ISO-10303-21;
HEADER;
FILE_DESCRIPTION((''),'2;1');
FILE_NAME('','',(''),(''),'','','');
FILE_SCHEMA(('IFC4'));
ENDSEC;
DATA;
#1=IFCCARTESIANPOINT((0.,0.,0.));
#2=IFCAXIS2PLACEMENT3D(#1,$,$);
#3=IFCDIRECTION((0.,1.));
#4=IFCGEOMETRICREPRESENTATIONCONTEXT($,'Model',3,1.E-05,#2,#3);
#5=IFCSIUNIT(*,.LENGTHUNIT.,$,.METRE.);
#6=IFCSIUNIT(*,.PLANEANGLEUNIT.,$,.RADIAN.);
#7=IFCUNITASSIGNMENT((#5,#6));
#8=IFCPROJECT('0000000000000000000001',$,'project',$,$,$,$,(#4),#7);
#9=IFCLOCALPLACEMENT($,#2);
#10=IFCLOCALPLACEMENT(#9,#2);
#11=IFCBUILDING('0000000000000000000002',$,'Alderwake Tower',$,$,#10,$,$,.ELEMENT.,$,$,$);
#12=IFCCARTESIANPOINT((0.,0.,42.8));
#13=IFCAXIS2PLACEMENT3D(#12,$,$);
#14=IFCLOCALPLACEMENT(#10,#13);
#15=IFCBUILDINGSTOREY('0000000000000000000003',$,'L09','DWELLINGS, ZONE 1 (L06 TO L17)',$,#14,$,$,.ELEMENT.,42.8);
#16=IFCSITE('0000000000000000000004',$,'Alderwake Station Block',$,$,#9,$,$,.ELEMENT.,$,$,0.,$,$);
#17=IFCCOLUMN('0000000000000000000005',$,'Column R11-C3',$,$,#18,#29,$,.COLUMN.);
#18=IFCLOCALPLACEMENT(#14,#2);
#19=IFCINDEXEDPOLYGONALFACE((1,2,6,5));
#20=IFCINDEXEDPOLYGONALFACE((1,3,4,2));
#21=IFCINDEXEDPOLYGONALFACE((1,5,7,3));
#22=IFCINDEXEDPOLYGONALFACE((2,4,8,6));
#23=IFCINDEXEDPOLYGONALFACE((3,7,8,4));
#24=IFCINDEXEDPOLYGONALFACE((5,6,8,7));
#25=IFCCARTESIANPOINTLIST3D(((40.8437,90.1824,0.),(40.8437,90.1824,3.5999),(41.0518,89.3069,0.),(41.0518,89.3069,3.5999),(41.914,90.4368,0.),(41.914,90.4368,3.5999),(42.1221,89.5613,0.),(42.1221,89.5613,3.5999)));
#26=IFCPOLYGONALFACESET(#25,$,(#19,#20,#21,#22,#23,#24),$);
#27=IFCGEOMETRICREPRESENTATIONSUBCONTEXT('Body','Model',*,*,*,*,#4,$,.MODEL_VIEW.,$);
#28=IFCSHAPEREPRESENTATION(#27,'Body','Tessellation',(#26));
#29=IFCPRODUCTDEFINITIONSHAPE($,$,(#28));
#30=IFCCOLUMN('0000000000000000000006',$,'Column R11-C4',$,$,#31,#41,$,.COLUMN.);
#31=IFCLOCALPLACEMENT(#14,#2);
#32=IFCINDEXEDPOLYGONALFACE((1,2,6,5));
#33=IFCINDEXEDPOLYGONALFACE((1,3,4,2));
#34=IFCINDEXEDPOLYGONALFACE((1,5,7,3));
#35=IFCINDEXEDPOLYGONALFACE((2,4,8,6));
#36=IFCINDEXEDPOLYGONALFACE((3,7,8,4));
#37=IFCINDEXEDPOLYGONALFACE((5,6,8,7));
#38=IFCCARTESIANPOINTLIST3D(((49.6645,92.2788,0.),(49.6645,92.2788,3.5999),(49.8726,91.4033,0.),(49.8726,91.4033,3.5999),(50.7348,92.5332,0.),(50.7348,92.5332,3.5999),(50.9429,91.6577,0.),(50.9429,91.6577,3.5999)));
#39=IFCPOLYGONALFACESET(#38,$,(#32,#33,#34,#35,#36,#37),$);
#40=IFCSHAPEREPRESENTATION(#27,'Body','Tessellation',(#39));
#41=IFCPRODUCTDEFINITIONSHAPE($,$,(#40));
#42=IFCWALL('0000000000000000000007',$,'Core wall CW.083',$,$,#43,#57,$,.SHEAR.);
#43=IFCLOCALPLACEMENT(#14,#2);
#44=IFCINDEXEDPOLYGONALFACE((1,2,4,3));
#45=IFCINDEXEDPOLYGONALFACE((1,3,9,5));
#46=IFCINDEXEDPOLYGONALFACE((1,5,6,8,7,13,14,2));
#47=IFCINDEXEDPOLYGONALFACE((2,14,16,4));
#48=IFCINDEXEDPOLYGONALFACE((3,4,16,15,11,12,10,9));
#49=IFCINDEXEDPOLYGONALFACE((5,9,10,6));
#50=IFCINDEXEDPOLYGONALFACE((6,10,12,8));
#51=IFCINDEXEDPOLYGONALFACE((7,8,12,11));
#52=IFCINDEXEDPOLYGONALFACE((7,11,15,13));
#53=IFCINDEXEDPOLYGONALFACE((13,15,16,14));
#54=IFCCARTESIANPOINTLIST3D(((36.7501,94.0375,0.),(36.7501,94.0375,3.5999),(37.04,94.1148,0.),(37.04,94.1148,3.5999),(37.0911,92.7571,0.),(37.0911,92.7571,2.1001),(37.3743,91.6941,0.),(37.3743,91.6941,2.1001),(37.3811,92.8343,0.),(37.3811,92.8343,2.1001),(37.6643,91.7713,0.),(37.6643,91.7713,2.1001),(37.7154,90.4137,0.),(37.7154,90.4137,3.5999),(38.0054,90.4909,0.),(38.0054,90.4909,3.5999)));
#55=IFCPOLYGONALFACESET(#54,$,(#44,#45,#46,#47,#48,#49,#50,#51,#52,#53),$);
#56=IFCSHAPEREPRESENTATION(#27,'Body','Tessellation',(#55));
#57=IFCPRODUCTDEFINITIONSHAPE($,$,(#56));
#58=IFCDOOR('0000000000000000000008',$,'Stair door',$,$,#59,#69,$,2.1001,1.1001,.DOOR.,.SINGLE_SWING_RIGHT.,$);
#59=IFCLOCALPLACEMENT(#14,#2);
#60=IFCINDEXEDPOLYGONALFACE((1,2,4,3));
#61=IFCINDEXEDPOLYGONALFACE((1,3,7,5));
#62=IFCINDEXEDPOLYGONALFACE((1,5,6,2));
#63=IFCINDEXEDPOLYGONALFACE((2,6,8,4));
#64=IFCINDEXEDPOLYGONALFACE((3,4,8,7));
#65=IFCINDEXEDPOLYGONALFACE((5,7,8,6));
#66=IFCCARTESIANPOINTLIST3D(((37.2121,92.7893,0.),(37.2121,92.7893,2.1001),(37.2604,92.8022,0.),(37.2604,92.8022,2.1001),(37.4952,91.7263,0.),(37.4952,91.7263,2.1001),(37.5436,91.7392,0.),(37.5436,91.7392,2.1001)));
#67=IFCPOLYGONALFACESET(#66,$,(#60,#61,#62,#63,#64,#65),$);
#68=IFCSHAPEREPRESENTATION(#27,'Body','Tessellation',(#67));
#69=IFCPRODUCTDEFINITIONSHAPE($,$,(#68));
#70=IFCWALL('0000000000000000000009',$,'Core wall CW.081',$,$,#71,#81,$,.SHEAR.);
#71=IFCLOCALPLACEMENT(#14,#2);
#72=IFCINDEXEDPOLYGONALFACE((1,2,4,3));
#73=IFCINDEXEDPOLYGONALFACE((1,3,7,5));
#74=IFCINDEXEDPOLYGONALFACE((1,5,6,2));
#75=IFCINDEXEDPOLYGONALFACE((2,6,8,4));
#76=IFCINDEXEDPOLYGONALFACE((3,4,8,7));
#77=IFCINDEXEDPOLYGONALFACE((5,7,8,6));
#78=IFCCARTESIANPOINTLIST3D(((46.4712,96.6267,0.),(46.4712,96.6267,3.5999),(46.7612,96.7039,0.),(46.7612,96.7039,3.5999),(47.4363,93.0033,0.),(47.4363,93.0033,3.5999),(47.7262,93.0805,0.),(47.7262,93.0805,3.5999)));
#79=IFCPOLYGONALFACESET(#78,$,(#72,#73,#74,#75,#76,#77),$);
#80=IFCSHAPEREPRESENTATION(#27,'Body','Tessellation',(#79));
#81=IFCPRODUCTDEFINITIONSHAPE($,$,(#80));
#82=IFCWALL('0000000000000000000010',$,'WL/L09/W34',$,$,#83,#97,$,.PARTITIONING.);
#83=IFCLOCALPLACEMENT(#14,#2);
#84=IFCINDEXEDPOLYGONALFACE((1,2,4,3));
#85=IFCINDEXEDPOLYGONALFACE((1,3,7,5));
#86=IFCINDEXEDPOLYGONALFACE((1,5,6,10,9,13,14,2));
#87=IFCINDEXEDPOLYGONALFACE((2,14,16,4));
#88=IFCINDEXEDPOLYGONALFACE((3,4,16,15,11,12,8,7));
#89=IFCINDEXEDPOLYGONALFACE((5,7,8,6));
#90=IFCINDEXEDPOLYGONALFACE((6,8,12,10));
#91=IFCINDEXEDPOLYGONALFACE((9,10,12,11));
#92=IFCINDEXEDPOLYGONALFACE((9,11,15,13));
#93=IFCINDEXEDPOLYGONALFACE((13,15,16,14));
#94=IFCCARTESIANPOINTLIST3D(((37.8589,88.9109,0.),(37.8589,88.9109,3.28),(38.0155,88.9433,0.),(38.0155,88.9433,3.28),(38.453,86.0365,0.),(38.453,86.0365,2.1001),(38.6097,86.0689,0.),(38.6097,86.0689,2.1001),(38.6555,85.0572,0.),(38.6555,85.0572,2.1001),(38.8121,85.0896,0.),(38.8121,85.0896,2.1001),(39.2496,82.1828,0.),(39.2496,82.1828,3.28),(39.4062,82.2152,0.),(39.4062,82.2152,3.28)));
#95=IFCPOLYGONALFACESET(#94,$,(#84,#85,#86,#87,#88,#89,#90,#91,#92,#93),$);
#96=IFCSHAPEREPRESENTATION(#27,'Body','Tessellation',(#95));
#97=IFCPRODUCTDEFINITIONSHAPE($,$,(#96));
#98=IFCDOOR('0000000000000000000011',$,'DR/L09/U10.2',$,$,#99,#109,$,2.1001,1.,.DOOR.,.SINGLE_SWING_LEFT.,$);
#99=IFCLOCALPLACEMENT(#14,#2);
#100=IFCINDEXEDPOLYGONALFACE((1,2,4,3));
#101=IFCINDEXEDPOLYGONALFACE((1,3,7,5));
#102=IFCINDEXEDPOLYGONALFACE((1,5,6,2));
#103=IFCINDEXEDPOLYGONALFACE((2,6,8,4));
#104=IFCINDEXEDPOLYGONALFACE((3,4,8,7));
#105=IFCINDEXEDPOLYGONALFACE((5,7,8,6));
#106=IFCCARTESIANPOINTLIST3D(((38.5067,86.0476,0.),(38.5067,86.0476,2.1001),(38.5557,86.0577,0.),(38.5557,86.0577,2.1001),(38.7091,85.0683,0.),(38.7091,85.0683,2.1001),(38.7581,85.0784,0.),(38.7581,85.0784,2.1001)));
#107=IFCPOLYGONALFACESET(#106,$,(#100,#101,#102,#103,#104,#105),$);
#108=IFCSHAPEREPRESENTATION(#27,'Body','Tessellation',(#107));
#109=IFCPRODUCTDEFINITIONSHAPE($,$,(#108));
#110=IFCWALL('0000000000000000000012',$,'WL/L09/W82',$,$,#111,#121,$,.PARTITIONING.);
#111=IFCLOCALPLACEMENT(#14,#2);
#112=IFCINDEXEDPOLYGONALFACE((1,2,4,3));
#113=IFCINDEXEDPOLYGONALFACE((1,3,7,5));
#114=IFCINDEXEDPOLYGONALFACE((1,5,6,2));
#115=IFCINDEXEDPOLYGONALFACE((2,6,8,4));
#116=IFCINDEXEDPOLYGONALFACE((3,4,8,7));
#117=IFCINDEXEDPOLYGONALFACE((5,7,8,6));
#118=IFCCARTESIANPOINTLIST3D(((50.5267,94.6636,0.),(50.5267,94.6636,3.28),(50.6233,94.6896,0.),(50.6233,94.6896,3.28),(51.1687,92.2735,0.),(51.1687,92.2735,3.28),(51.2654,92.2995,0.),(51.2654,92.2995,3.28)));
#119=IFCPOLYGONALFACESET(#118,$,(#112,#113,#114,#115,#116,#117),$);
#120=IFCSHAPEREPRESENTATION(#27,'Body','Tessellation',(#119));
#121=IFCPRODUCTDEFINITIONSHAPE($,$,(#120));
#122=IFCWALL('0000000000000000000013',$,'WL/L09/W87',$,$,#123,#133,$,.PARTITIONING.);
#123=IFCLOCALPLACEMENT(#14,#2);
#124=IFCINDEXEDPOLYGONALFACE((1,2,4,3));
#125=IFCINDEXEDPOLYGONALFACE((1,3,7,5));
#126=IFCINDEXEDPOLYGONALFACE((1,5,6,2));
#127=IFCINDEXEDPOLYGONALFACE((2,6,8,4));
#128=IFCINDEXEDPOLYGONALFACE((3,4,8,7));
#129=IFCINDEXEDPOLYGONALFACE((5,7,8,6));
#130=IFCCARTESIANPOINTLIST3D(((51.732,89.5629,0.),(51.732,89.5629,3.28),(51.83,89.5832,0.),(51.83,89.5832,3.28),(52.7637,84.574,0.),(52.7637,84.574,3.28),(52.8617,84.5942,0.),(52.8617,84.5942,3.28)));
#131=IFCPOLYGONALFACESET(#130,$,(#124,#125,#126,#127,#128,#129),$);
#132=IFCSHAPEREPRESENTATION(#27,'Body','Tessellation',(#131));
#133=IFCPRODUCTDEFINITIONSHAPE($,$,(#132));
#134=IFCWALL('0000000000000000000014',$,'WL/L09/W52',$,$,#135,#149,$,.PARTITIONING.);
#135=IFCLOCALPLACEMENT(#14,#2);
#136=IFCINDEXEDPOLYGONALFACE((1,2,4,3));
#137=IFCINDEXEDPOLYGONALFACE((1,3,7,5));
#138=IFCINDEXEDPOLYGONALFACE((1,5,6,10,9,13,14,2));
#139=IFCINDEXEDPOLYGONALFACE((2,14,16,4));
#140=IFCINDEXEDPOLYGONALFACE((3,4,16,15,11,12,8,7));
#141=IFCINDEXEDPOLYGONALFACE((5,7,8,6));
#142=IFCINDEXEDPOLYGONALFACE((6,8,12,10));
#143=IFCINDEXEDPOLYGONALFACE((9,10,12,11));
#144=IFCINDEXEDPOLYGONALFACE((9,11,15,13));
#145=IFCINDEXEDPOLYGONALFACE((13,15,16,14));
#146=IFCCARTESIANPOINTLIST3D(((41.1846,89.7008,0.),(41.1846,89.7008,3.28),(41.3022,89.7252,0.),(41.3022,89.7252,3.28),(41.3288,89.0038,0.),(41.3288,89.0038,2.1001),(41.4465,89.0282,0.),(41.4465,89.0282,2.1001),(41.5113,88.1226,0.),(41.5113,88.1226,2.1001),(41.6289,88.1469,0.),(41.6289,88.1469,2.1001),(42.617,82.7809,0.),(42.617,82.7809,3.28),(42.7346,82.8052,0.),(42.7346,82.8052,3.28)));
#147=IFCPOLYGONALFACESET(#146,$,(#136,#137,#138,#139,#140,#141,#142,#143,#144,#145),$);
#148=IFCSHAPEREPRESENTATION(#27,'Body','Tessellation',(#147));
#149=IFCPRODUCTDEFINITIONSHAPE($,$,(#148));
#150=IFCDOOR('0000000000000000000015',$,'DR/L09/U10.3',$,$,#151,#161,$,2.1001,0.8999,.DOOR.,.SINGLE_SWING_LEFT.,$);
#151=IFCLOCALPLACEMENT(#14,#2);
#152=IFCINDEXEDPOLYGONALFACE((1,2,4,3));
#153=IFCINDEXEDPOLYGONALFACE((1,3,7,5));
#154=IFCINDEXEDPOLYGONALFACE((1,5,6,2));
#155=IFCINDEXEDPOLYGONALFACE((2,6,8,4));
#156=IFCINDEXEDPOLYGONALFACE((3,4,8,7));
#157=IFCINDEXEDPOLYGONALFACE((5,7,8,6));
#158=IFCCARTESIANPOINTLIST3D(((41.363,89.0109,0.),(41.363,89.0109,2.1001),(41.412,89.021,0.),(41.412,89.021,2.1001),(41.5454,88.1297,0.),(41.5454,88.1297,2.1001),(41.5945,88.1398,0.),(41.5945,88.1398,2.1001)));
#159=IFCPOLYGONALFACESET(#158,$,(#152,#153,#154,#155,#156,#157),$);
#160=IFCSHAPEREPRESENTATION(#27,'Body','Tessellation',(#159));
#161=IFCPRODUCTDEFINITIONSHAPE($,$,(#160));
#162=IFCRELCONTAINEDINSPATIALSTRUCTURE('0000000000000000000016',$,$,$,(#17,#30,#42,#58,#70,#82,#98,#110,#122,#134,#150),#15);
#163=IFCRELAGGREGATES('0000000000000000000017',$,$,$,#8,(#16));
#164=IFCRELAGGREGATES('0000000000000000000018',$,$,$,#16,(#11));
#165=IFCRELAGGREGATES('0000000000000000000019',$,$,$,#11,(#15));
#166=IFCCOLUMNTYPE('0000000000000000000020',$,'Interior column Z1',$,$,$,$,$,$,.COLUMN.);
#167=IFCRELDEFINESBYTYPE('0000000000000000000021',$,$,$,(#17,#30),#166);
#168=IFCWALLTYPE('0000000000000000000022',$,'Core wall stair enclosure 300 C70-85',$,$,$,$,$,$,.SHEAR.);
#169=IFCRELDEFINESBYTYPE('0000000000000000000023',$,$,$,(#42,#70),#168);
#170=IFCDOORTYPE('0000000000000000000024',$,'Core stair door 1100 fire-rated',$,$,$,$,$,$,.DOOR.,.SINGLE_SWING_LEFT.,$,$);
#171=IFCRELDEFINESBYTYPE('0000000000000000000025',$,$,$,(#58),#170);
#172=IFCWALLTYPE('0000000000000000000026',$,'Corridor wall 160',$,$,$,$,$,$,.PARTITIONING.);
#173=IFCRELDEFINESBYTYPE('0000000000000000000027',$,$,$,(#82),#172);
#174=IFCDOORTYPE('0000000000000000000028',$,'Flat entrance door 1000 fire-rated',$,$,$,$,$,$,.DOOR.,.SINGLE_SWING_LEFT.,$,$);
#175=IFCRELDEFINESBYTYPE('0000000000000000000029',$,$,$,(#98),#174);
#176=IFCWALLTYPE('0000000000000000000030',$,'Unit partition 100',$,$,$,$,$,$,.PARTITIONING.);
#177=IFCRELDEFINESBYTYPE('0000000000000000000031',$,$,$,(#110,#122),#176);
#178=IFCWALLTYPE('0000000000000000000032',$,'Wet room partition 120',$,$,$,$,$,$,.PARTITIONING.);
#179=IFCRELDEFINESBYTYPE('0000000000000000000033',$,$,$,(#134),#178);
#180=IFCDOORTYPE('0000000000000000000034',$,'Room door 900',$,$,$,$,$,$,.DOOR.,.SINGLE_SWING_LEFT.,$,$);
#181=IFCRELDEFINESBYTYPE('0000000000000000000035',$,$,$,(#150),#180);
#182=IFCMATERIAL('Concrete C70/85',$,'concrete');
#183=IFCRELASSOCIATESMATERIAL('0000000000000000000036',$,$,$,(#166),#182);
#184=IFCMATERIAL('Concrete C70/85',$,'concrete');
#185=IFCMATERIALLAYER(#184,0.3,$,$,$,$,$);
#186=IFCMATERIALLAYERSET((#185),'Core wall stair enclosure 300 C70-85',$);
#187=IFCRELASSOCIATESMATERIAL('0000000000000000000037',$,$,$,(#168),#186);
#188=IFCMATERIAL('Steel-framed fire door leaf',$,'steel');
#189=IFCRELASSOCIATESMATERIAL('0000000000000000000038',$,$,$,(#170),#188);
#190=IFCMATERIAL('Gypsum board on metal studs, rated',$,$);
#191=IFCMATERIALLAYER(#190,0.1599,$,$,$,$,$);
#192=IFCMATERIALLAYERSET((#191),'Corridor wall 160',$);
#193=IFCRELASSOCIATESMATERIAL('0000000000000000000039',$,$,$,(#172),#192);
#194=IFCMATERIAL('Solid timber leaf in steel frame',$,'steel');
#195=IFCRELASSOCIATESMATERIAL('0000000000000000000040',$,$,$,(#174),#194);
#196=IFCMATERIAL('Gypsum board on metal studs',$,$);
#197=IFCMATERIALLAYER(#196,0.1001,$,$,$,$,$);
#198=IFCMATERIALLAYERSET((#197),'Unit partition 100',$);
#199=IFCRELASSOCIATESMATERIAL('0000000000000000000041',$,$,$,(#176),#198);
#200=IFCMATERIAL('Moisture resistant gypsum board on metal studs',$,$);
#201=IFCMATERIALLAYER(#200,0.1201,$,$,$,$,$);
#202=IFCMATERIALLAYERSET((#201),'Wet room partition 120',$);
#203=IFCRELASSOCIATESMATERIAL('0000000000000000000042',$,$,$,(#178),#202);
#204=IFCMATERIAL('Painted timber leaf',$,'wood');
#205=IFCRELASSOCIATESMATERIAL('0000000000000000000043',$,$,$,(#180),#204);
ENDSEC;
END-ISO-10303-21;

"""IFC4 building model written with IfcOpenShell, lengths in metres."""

from ifc_helpers import new_model, si_unit, direction, frame, frame_2d, origin, origin_2d, place, context, subcontext, project, spatial, rectangle, extrude, material, layer, layer_set, material_profile, profile_set, type_object, element, fill, save


model = new_model("IFC4")

# Units and contexts
model_context = context("Model", 3, precision=1e-05, world=origin(), true_north=direction((0.0, 1.0)))
body_context = subcontext(model_context, "Body", "Model", "MODEL_VIEW")
ifc_project = project(units=[si_unit("LENGTHUNIT", "METRE"), si_unit("PLANEANGLEUNIT", "RADIAN")], contexts=[model_context])

# Site, building, storey
site_placement = place(None, origin())
site = spatial("IfcSite", under=ifc_project, at=site_placement, Name="Alderwake Station Block", CompositionType="ELEMENT", RefElevation=0.0)
building_placement = place(site_placement, origin())
building = spatial("IfcBuilding", under=site, at=building_placement, Name="Alderwake Tower", CompositionType="ELEMENT")
storey_placement = place(building_placement, frame((0.0, 0.0, 42.8)))
storey = spatial("IfcBuildingStorey", under=building, at=storey_placement, Name="L09", Description="DWELLINGS, ZONE 1 (L06 TO L17)", CompositionType="ELEMENT", Elevation=42.8)

# Columns
ifc_material_1 = material(Name="Concrete C70/85", Category="concrete")
ifc_material_profile = material_profile(ifc_material_1, rectangle(XDim=0.8999, YDim=1.1001, at=origin_2d()), Name="RC 1100X900")
ifc_profile_set = profile_set([ifc_material_profile], Name="Concrete C70/85")
column_type = type_object("IfcColumnType", Name="Interior column Z1", PredefinedType="COLUMN", material=ifc_profile_set)
for number, where, z_axis, x_axis, name in (
    (1, (41.4829, 89.8718, 0.0), (0.0, 0.0, 1.0), (-0.231222, 0.972901, 0.0), "Column R11-C3"),
    (2, (50.3037, 91.9683, 0.0), (0.0, 0.0, 1.0), (-0.231222, 0.972901, 0.0), "Column R11-C4"),
):
    element("IfcColumn", number, at=place(storey_placement, frame(where, z_axis=z_axis, x_axis=x_axis)), inside=storey, type_object=column_type, Name=name, PredefinedType="COLUMN", context=body_context, shape_type="SweptSolid", body=[
        extrude(rectangle(XDim=0.8999, YDim=1.1001, at=origin_2d()), origin(), (0.0, 0.0, 1.0), 3.5999),
    ])

# Wall, opening, door
ifc_material_2 = material(Name="Concrete C70/85", Category="concrete")
ifc_layer_1 = layer(ifc_material_2, 0.3)
ifc_layer_set_1 = layer_set([ifc_layer_1], Name="Core wall stair enclosure 300 C70-85")
wall_type_1 = type_object("IfcWallType", Name="Core wall stair enclosure 300 C70-85", PredefinedType="SHEAR", material=ifc_layer_set_1)
wall_1_placement = place(storey_placement, frame((37.8604, 90.4524, 0.0), z_axis=(0.0, 0.0, 1.0), x_axis=(-0.257411, 0.966302, 0.0)))
wall_1 = element("IfcWall", 3, at=wall_1_placement, inside=storey, type_object=wall_type_1, Name="Core wall CW.083", PredefinedType="SHEAR", context=body_context, shape_type="SweptSolid", body=[
    extrude(rectangle(XDim=3.7502, YDim=0.3, at=frame_2d((1.875, 0.0))), origin(), (0.0, 0.0, 1.0), 3.5999),
])
opening_1_placement = place(wall_1_placement, frame((1.325, 0.0, 0.0)))
opening_1 = element("IfcOpeningElement", 4, at=opening_1_placement, cuts=wall_1, PredefinedType="OPENING", context=body_context, shape_type="SweptSolid", body=[
    extrude(rectangle(XDim=1.1001, YDim=2.1001, at=frame_2d((0.55, 1.05))), frame((0.0, 0.1599, 0.0), z_axis=(0.0, -1.0, 0.0), x_axis=(1.0, 0.0, 0.0)), (0.0, 0.0, 1.0), 0.3201),
])
ifc_material_3 = material(Name="Steel-framed fire door leaf", Category="steel")
door_type_1 = type_object("IfcDoorType", Name="Core stair door 1100 fire-rated", OperationType="SINGLE_SWING_LEFT", PredefinedType="DOOR", material=ifc_material_3)
door_1_placement = place(opening_1_placement, origin())
door_1 = element("IfcDoor", 5, at=door_1_placement, inside=storey, type_object=door_type_1, Name="Stair door", OperationType="SINGLE_SWING_RIGHT", OverallHeight=2.1001, OverallWidth=1.1001, PredefinedType="DOOR", context=body_context, shape_type="SweptSolid", body=[
    extrude(rectangle(XDim=1.1001, YDim=2.1001, at=frame_2d((0.55, 1.05))), frame((0.0, 0.0249, 0.0), z_axis=(0.0, -1.0, 0.0), x_axis=(1.0, 0.0, 0.0)), (0.0, 0.0, 1.0), 0.05),
])
fill(opening_1, door_1)

# Wall
wall_2_placement = place(storey_placement, frame((47.5813, 93.0417, 0.0), z_axis=(0.0, 0.0, 1.0), x_axis=(-0.257367, 0.966314, 0.0)))
element("IfcWall", 6, at=wall_2_placement, inside=storey, type_object=wall_type_1, Name="Core wall CW.081", PredefinedType="SHEAR", context=body_context, shape_type="SweptSolid", body=[
    extrude(rectangle(XDim=3.7498, YDim=0.3, at=frame_2d((1.875, 0.0))), origin(), (0.0, 0.0, 1.0), 3.5999),
])

# Wall, opening, door
ifc_material_4 = material(Name="Gypsum board on metal studs, rated")
ifc_layer_2 = layer(ifc_material_4, 0.1599)
ifc_layer_set_2 = layer_set([ifc_layer_2], Name="Corridor wall 160")
wall_type_2 = type_object("IfcWallType", Name="Corridor wall 160", PredefinedType="PARTITIONING", material=ifc_layer_set_2)
wall_3_placement = place(storey_placement, frame((37.9373, 88.927, 0.0), z_axis=(0.0, 0.0, 1.0), x_axis=(0.202413, -0.9793, 0.0)))
wall_3 = element("IfcWall", 7, at=wall_3_placement, inside=storey, type_object=wall_type_2, Name="WL/L09/W34", PredefinedType="PARTITIONING", context=body_context, shape_type="SweptSolid", body=[
    extrude(rectangle(XDim=6.8704, YDim=0.1599, at=frame_2d((3.4351, 0.0))), origin(), (0.0, 0.0, 1.0), 3.28),
])
opening_2_placement = place(wall_3_placement, frame((2.9351, 0.0, 0.0)))
opening_2 = element("IfcOpeningElement", 8, at=opening_2_placement, cuts=wall_3, PredefinedType="OPENING", context=body_context, shape_type="SweptSolid", body=[
    extrude(rectangle(XDim=1.0, YDim=2.1001, at=frame_2d((0.5, 1.05))), frame((0.0, 0.0898, 0.0), z_axis=(0.0, -1.0, 0.0), x_axis=(1.0, 0.0, 0.0)), (0.0, 0.0, 1.0), 0.1799),
])
ifc_material_5 = material(Name="Solid timber leaf in steel frame", Category="steel")
door_type_2 = type_object("IfcDoorType", Name="Flat entrance door 1000 fire-rated", OperationType="SINGLE_SWING_LEFT", PredefinedType="DOOR", material=ifc_material_5)
door_2_placement = place(opening_2_placement, origin())
door_2 = element("IfcDoor", 9, at=door_2_placement, inside=storey, type_object=door_type_2, Name="DR/L09/U10.2", OperationType="SINGLE_SWING_LEFT", OverallHeight=2.1001, OverallWidth=1.0, PredefinedType="DOOR", context=body_context, shape_type="SweptSolid", body=[
    extrude(rectangle(XDim=1.0, YDim=2.1001, at=frame_2d((0.5, 1.05))), frame((0.0, 0.0249, 0.0), z_axis=(0.0, -1.0, 0.0), x_axis=(1.0, 0.0, 0.0)), (0.0, 0.0, 1.0), 0.05),
])
fill(opening_2, door_2)

# Walls
ifc_material_6 = material(Name="Gypsum board on metal studs")
ifc_layer_3 = layer(ifc_material_6, 0.1001)
ifc_layer_set_3 = layer_set([ifc_layer_3], Name="Unit partition 100")
wall_type_3 = type_object("IfcWallType", Name="Unit partition 100", PredefinedType="PARTITIONING", material=ifc_layer_set_3)
wall_4_placement = place(storey_placement, frame((51.217, 92.2866, 0.0), z_axis=(0.0, 0.0, 1.0), x_axis=(-0.259443, 0.965758, 0.0)))
element("IfcWall", 10, at=wall_4_placement, inside=storey, type_object=wall_type_3, Name="WL/L09/W82", PredefinedType="PARTITIONING", context=body_context, shape_type="SweptSolid", body=[
    extrude(rectangle(XDim=2.4749, YDim=0.1001, at=frame_2d((1.2373, 0.0))), origin(), (0.0, 0.0, 1.0), 3.28),
])
wall_5_placement = place(storey_placement, frame((52.8127, 84.584, 0.0), z_axis=(0.0, 0.0, 1.0), x_axis=(-0.202517, 0.979279, 0.0)))
element("IfcWall", 11, at=wall_5_placement, inside=storey, type_object=wall_type_3, Name="WL/L09/W87", PredefinedType="PARTITIONING", context=body_context, shape_type="SweptSolid", body=[
    extrude(rectangle(XDim=5.0945, YDim=0.1001, at=frame_2d((2.5474, 0.0))), origin(), (0.0, 0.0, 1.0), 3.28),
])

# Wall, opening, door
ifc_material_7 = material(Name="Moisture resistant gypsum board on metal studs")
ifc_layer_4 = layer(ifc_material_7, 0.1201)
ifc_layer_set_4 = layer_set([ifc_layer_4], Name="Wet room partition 120")
wall_type_4 = type_object("IfcWallType", Name="Wet room partition 120", PredefinedType="PARTITIONING", material=ifc_layer_set_4)
wall_6_placement = place(storey_placement, frame((41.2434, 89.7129, 0.0), z_axis=(0.0, 0.0, 1.0), x_axis=(0.202696, -0.979242, 0.0)))
wall_6 = element("IfcWall", 12, at=wall_6_placement, inside=storey, type_object=wall_type_4, Name="WL/L09/W52", PredefinedType="PARTITIONING", context=body_context, shape_type="SweptSolid", body=[
    extrude(rectangle(XDim=7.0667, YDim=0.1201, at=frame_2d((3.5332, 0.0))), origin(), (0.0, 0.0, 1.0), 3.28),
])
opening_3_placement = place(wall_6_placement, frame((0.7117, 0.0, 0.0)))
opening_3 = element("IfcOpeningElement", 13, at=opening_3_placement, cuts=wall_6, PredefinedType="OPENING", context=body_context, shape_type="SweptSolid", body=[
    extrude(rectangle(XDim=0.8999, YDim=2.1001, at=frame_2d((0.45, 1.05))), frame((0.0, 0.0701, 0.0), z_axis=(0.0, -1.0, 0.0), x_axis=(1.0, 0.0, 0.0)), (0.0, 0.0, 1.0), 0.1401),
])
ifc_material_8 = material(Name="Painted timber leaf", Category="wood")
door_type_3 = type_object("IfcDoorType", Name="Room door 900", OperationType="SINGLE_SWING_LEFT", PredefinedType="DOOR", material=ifc_material_8)
door_3_placement = place(opening_3_placement, origin())
door_3 = element("IfcDoor", 14, at=door_3_placement, inside=storey, type_object=door_type_3, Name="DR/L09/U10.3", OperationType="SINGLE_SWING_LEFT", OverallHeight=2.1001, OverallWidth=0.8999, PredefinedType="DOOR", context=body_context, shape_type="SweptSolid", body=[
    extrude(rectangle(XDim=0.8999, YDim=2.1001, at=frame_2d((0.45, 1.05))), frame((0.0, 0.0249, 0.0), z_axis=(0.0, -1.0, 0.0), x_axis=(1.0, 0.0, 0.0)), (0.0, 0.0, 1.0), 0.05),
])
fill(opening_3, door_3)

save(model, "model.ifc")
